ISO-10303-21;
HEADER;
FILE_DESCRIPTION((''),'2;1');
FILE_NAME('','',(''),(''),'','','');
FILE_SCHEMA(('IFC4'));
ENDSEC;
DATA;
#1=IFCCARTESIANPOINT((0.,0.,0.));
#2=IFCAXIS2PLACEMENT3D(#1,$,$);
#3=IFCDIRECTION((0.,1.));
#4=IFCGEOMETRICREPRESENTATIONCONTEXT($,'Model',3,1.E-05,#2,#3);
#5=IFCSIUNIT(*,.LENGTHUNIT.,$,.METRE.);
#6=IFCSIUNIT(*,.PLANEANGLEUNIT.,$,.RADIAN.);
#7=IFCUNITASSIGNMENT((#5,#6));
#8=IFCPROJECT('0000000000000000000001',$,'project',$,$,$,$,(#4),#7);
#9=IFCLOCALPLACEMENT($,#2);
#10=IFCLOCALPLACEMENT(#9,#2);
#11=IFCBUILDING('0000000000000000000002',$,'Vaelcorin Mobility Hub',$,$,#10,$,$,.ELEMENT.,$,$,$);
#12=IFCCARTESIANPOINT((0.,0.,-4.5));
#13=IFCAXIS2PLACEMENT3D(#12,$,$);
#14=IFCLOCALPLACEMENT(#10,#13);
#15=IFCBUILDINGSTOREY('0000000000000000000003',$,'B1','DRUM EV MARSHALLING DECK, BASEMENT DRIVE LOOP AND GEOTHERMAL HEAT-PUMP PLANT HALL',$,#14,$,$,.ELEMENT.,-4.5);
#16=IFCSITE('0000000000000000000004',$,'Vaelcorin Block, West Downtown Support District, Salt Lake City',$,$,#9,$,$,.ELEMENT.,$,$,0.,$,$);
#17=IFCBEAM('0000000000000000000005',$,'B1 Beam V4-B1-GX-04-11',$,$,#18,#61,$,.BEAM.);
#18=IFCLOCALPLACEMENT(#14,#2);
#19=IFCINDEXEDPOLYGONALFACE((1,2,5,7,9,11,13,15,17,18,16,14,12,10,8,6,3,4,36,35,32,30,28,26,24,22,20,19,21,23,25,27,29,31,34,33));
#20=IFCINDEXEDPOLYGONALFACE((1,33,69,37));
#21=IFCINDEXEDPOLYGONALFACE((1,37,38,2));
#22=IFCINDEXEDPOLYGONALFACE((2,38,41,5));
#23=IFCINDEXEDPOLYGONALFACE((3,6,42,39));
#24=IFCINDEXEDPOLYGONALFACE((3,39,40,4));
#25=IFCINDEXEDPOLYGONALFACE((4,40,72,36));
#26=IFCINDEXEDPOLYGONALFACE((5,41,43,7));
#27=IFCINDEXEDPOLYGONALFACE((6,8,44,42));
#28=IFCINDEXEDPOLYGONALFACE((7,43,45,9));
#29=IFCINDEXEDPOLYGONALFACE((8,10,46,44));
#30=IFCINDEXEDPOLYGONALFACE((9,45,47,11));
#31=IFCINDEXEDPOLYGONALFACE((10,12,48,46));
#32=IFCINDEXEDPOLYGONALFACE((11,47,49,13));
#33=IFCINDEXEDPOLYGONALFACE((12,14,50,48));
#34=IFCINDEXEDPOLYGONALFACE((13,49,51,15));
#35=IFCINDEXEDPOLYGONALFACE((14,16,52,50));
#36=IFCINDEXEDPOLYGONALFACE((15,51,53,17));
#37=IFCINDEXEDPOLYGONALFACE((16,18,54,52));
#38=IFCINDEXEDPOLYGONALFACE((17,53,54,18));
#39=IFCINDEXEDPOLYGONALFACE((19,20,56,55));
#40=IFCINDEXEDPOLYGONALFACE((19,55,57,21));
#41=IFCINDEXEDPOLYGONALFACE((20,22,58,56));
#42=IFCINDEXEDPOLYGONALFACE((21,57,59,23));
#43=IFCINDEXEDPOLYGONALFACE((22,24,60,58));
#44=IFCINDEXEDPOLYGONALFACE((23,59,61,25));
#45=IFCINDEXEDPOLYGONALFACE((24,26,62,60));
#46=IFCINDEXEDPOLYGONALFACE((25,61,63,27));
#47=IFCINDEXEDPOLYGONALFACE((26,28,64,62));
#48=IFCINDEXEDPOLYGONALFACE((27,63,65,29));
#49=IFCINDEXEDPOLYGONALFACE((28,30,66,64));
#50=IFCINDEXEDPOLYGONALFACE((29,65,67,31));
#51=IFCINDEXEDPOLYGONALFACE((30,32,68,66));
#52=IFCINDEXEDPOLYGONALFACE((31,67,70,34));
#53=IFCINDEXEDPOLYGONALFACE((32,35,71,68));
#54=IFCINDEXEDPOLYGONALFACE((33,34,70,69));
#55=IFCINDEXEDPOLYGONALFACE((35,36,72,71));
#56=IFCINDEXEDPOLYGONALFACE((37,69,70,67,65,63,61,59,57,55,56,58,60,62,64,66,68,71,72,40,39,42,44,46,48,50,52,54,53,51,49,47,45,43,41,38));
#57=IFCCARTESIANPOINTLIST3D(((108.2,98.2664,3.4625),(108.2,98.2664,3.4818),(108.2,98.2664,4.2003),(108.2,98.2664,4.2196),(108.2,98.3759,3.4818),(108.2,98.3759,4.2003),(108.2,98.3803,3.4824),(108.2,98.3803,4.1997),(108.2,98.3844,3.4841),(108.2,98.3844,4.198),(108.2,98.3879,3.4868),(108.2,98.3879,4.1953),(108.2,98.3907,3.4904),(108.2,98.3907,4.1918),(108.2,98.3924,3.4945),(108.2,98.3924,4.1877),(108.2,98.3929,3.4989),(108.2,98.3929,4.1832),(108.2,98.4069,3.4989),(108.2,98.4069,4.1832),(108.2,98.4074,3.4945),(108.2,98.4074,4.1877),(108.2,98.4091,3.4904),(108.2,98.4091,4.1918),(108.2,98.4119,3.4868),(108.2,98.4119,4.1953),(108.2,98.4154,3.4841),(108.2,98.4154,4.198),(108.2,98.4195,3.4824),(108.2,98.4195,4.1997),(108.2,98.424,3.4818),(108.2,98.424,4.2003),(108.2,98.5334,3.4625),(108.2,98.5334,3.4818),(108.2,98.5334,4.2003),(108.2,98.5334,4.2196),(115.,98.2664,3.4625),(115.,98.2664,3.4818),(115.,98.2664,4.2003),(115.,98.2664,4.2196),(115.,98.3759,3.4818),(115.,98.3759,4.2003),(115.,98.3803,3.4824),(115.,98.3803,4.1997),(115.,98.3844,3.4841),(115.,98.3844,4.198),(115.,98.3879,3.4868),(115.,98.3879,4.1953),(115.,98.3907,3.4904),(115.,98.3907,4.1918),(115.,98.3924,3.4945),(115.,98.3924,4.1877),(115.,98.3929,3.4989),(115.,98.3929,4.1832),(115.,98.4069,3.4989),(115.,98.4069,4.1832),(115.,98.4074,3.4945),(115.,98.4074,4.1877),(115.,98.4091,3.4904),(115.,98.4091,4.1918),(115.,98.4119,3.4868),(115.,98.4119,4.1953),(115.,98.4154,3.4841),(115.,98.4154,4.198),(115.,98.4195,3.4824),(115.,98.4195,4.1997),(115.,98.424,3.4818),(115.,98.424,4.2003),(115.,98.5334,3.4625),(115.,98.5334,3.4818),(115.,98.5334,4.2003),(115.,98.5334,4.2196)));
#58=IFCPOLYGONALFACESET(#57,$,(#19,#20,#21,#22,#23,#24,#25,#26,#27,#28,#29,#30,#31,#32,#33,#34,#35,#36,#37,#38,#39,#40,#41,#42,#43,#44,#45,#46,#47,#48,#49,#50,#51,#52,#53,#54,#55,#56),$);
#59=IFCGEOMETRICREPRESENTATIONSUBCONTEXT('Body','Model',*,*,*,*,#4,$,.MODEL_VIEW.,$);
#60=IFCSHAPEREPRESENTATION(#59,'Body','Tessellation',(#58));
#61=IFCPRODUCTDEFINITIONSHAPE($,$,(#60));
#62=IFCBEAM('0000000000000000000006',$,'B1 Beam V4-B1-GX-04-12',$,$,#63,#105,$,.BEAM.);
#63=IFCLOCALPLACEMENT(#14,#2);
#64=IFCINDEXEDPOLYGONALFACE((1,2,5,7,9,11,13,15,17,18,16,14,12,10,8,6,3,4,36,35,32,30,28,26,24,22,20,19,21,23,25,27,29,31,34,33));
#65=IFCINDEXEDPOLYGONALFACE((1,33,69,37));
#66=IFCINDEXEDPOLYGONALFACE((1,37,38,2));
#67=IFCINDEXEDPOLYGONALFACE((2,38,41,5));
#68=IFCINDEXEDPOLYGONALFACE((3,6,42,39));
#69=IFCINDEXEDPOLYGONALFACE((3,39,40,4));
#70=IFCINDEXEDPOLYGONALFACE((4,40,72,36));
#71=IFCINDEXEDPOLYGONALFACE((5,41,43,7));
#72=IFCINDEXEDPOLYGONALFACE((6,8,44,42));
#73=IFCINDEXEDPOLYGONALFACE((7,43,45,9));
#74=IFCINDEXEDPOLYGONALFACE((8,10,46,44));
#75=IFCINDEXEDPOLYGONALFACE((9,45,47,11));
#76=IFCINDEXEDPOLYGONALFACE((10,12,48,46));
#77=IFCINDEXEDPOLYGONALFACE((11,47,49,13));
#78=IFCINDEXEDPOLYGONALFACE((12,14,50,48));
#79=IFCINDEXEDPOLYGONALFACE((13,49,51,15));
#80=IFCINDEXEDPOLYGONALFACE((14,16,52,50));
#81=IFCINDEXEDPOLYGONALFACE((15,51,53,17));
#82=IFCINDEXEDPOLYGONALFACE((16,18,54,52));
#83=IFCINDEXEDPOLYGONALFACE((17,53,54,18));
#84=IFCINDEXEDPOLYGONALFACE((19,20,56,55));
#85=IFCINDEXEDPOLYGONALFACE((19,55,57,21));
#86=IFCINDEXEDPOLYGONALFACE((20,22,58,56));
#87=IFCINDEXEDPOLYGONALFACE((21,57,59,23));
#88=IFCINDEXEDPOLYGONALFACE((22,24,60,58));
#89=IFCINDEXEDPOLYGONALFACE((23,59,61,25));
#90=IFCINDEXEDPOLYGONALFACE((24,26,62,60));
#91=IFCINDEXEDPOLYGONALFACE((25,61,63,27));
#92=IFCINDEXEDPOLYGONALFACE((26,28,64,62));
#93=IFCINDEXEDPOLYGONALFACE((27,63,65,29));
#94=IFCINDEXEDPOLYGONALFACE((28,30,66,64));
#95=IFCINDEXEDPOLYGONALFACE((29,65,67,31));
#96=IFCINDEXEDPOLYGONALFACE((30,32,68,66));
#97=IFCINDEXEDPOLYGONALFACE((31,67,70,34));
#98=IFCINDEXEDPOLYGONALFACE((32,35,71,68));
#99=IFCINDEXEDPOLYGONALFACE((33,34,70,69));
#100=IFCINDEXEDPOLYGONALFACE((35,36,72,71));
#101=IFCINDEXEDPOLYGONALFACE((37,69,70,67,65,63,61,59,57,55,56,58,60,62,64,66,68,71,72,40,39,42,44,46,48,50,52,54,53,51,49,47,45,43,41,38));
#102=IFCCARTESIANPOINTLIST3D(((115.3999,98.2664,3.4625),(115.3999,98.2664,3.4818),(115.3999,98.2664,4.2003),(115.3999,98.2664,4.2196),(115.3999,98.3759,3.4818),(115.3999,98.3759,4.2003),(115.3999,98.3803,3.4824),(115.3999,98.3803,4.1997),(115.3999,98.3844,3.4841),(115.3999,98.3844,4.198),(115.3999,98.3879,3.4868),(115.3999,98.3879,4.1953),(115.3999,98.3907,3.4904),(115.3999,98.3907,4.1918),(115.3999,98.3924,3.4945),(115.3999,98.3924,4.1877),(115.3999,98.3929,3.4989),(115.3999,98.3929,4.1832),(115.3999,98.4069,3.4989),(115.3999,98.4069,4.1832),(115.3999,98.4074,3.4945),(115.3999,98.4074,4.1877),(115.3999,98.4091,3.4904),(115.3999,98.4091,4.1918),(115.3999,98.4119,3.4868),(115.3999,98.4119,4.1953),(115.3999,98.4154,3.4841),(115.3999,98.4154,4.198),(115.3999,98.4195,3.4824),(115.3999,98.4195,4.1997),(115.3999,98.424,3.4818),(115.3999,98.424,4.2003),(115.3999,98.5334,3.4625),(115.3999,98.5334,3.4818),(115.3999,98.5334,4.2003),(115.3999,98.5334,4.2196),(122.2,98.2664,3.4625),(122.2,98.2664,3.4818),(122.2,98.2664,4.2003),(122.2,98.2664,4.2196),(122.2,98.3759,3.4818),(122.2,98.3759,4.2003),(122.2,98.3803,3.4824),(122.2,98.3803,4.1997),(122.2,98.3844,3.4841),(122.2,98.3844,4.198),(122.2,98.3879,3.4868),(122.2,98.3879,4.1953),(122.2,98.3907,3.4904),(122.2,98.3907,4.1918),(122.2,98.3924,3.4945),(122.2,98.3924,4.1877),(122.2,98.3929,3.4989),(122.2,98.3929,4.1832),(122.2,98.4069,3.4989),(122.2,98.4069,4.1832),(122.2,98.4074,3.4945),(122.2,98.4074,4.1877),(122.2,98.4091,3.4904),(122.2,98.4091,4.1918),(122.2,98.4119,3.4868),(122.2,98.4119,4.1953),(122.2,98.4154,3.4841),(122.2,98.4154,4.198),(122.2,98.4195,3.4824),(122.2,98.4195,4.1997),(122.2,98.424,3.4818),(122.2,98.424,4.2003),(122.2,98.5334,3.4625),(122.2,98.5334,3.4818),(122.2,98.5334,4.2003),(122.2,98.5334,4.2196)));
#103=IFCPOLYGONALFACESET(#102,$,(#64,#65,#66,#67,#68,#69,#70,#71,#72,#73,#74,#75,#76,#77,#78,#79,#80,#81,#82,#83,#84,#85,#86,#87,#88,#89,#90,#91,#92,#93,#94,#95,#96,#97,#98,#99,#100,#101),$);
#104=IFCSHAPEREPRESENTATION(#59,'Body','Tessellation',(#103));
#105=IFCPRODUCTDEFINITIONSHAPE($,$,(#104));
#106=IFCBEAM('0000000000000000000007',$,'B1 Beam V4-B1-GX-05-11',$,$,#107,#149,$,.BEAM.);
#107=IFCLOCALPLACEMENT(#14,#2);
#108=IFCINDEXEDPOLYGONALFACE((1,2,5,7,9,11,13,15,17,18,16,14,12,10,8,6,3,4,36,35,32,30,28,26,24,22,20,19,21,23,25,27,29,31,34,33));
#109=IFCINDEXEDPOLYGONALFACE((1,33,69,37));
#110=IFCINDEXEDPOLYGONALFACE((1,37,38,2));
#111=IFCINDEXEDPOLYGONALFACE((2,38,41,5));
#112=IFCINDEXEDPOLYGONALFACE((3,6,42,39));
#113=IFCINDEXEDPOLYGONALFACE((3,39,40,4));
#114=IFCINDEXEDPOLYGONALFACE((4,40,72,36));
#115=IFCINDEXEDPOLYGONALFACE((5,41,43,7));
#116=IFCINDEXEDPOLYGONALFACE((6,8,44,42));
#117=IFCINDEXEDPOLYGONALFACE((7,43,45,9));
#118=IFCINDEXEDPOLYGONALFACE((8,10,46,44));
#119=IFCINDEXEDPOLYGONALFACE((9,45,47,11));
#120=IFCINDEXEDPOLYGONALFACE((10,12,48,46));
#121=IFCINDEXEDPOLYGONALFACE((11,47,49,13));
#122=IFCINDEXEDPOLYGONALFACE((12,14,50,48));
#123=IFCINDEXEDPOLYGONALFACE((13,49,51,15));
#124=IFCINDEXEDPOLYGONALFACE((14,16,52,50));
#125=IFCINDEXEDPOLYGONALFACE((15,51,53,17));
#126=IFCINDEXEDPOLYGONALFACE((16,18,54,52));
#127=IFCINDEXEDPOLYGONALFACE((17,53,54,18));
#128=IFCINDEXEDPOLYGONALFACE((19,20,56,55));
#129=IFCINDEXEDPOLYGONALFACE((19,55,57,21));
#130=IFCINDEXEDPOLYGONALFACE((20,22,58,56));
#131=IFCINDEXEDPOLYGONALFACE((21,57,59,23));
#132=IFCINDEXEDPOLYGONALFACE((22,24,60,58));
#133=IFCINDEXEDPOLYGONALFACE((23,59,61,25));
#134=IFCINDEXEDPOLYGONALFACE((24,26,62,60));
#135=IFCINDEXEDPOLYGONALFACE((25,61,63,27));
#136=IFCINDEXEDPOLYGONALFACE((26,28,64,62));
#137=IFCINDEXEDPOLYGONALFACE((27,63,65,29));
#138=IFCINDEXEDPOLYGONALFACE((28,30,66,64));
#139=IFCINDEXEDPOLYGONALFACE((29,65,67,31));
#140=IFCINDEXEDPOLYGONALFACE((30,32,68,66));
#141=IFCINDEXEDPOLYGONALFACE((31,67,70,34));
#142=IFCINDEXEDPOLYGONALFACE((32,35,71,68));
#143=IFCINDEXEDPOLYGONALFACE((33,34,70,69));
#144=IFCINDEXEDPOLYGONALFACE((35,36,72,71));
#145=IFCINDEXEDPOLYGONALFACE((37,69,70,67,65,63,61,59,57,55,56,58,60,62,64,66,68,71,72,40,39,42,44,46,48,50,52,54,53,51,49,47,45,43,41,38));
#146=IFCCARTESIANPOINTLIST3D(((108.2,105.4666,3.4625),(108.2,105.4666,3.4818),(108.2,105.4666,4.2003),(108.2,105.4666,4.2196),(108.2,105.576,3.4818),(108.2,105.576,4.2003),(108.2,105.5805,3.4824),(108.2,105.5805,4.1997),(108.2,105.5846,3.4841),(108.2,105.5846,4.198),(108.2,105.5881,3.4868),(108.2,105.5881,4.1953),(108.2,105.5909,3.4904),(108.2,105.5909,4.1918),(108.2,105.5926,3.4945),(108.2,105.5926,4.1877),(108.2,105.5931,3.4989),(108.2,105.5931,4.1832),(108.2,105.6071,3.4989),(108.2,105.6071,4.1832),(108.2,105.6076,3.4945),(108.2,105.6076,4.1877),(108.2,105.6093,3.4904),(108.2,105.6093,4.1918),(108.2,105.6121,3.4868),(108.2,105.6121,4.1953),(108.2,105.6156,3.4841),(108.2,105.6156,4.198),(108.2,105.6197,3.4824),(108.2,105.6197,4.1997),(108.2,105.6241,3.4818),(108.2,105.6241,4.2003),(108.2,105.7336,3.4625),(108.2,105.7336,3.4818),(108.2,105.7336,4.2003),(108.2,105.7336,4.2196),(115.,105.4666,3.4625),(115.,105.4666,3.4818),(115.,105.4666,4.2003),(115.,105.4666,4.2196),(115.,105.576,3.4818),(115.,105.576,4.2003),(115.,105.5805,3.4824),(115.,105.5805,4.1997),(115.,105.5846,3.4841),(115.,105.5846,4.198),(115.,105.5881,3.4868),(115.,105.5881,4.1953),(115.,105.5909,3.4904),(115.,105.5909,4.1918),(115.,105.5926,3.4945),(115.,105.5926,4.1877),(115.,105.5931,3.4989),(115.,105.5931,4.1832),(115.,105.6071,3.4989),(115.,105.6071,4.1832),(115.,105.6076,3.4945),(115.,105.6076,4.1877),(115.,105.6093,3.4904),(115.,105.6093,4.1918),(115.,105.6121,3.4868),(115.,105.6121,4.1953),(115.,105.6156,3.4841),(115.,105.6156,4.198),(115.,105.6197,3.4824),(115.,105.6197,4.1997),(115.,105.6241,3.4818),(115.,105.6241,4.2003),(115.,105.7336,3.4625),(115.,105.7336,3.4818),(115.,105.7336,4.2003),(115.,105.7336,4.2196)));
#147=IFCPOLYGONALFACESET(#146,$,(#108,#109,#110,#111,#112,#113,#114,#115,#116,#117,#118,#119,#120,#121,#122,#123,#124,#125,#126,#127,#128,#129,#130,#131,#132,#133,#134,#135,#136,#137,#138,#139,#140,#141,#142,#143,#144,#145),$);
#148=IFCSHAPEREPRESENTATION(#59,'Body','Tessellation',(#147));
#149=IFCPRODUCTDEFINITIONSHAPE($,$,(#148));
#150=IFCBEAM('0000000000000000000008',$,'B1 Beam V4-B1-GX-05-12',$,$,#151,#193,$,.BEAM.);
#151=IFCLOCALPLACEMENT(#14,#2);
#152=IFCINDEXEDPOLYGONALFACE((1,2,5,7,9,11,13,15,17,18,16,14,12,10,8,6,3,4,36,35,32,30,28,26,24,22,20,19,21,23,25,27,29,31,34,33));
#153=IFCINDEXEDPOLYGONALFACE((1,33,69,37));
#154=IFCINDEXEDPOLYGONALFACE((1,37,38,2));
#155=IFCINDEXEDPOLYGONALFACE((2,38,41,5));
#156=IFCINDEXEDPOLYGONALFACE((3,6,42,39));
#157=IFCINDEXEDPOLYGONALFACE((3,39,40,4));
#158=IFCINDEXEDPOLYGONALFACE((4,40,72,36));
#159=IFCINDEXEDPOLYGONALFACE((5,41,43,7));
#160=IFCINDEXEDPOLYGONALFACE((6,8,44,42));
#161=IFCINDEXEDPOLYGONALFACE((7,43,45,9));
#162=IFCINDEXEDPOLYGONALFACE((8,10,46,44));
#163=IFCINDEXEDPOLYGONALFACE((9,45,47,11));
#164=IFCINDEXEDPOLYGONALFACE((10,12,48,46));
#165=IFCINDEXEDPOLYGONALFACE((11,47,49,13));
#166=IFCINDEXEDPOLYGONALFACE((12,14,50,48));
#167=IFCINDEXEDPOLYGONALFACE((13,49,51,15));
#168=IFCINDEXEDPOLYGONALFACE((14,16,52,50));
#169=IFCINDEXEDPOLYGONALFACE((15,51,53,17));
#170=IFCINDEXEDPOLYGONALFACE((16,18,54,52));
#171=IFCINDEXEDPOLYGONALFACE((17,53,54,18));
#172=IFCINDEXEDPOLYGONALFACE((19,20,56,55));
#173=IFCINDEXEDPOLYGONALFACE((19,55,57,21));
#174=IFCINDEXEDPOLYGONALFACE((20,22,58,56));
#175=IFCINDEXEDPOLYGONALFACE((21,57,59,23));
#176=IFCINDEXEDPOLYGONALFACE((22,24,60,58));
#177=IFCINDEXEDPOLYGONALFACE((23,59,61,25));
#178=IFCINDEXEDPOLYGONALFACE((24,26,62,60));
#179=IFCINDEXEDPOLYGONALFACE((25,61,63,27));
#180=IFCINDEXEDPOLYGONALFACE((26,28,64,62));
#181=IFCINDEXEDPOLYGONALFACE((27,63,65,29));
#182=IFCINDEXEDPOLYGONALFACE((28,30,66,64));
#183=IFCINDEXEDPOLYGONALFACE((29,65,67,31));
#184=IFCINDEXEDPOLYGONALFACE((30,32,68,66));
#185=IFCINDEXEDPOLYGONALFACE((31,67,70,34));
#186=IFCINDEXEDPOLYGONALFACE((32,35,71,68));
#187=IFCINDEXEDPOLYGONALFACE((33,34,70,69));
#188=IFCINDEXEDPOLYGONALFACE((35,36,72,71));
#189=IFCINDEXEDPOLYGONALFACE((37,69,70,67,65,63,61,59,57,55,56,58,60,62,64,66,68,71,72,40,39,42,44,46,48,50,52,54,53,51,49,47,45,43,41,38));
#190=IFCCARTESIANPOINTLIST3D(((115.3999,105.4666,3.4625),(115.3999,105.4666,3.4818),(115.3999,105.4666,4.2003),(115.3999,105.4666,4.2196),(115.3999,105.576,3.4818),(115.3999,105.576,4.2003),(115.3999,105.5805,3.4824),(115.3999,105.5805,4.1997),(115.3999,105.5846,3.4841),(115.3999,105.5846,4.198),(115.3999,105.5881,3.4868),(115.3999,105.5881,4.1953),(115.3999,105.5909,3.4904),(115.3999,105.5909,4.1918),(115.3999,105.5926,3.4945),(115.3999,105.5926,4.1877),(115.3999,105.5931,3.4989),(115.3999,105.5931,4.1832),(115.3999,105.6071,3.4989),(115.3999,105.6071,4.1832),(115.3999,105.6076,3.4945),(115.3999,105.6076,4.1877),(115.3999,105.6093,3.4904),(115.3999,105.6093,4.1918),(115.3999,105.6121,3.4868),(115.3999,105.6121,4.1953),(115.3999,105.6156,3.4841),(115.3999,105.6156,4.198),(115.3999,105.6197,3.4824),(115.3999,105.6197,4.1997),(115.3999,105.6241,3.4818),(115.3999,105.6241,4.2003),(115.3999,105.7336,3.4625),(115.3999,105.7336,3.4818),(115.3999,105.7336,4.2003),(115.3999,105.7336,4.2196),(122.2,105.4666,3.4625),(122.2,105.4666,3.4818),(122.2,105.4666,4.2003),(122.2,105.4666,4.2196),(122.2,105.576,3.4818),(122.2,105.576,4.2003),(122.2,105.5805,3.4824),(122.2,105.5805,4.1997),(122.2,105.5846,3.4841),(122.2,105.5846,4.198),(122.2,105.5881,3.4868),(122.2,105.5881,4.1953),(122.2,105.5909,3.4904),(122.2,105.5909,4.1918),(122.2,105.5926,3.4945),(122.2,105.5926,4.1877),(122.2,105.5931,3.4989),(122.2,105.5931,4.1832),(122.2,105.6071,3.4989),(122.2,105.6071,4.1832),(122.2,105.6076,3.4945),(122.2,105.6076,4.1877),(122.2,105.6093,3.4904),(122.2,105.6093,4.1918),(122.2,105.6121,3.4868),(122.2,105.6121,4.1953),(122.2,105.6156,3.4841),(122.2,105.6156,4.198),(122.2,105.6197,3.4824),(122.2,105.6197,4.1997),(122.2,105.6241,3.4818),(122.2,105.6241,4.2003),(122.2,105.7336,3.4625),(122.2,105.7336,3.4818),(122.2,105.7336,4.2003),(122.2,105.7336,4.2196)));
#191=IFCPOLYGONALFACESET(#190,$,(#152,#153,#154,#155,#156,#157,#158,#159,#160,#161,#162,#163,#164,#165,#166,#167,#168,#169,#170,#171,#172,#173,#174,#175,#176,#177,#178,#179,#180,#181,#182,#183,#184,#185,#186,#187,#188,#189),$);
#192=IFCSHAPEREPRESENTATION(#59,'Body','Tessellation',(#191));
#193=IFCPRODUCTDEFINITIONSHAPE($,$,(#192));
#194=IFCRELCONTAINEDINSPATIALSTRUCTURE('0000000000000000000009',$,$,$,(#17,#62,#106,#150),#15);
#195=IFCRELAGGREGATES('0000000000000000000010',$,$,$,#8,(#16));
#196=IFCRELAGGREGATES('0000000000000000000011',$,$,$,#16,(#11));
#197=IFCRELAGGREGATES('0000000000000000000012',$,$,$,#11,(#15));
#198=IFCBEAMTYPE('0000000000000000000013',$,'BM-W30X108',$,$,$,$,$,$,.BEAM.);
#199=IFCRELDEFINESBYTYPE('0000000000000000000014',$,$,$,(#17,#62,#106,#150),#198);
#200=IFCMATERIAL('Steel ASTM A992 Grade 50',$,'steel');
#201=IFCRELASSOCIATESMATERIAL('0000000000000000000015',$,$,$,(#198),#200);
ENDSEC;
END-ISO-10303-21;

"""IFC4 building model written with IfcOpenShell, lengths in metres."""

from ifc_helpers import new_model, si_unit, direction, frame, origin, origin_2d, place, context, subcontext, project, spatial, i_section, extrude, material, material_profile, profile_set, type_object, element, save


model = new_model("IFC4")

# Units and contexts
model_context = context("Model", 3, precision=1e-05, world=origin(), true_north=direction((0.0, 1.0)))
body_context = subcontext(model_context, "Body", "Model", "MODEL_VIEW")
ifc_project = project(units=[si_unit("LENGTHUNIT", "METRE"), si_unit("PLANEANGLEUNIT", "RADIAN")], contexts=[model_context])

# Site, building, storey
site_placement = place(None, origin())
site = spatial("IfcSite", under=ifc_project, at=site_placement, Name="Vaelcorin Block, West Downtown Support District, Salt Lake City", CompositionType="ELEMENT", RefElevation=0.0)
building_placement = place(site_placement, origin())
building = spatial("IfcBuilding", under=site, at=building_placement, Name="Vaelcorin Mobility Hub", CompositionType="ELEMENT")
storey_placement = place(building_placement, frame((0.0, 0.0, -4.5)))
storey = spatial("IfcBuildingStorey", under=building, at=storey_placement, Name="B1", Description="DRUM EV MARSHALLING DECK, BASEMENT DRIVE LOOP AND GEOTHERMAL HEAT-PUMP PLANT HALL", CompositionType="ELEMENT", Elevation=-4.5)

# Shared definitions
ifc_material_1 = material(Name="Steel ASTM A992 Grade 50", Category="steel")

# Beams
ifc_material_profile_1 = material_profile(ifc_material_1, i_section(OverallWidth=0.2671, OverallDepth=0.7571, WebThickness=0.0139, FlangeThickness=0.0193, FilletRadius=0.0171, at=origin_2d()), Name="W30X108")
ifc_profile_set_1 = profile_set([ifc_material_profile_1], Name="Steel ASTM A992 Grade 50")
beam_type_1 = type_object("IfcBeamType", Name="BM-W30X108", PredefinedType="BEAM", material=ifc_profile_set_1)
for number, where, z_axis, x_axis, name in (
    (1, (108.2, 98.3999, 3.8411), (1.0, 0.0, 0.0), (0.0, 1.0, 0.0), "B1 Beam V4-B1-GX-04-11"),
    (2, (115.3999, 98.3999, 3.8411), (1.0, 0.0, 0.0), (0.0, 1.0, 0.0), "B1 Beam V4-B1-GX-04-12"),
    (3, (108.2, 105.6001, 3.8411), (1.0, 0.0, 0.0), (0.0, 1.0, 0.0), "B1 Beam V4-B1-GX-05-11"),
    (4, (115.3999, 105.6001, 3.8411), (1.0, 0.0, 0.0), (0.0, 1.0, 0.0), "B1 Beam V4-B1-GX-05-12"),
):
    element("IfcBeam", number, at=place(storey_placement, frame(where, z_axis=z_axis, x_axis=x_axis)), inside=storey, type_object=beam_type_1, Name=name, PredefinedType="BEAM", context=body_context, shape_type="SweptSolid", body=[
        extrude(i_section(OverallWidth=0.2671, OverallDepth=0.7571, WebThickness=0.0139, FlangeThickness=0.0193, FilletRadius=0.0171, at=origin_2d()), origin(), (0.0, 0.0, 1.0), 6.8),
    ])

save(model, "model.ifc")
